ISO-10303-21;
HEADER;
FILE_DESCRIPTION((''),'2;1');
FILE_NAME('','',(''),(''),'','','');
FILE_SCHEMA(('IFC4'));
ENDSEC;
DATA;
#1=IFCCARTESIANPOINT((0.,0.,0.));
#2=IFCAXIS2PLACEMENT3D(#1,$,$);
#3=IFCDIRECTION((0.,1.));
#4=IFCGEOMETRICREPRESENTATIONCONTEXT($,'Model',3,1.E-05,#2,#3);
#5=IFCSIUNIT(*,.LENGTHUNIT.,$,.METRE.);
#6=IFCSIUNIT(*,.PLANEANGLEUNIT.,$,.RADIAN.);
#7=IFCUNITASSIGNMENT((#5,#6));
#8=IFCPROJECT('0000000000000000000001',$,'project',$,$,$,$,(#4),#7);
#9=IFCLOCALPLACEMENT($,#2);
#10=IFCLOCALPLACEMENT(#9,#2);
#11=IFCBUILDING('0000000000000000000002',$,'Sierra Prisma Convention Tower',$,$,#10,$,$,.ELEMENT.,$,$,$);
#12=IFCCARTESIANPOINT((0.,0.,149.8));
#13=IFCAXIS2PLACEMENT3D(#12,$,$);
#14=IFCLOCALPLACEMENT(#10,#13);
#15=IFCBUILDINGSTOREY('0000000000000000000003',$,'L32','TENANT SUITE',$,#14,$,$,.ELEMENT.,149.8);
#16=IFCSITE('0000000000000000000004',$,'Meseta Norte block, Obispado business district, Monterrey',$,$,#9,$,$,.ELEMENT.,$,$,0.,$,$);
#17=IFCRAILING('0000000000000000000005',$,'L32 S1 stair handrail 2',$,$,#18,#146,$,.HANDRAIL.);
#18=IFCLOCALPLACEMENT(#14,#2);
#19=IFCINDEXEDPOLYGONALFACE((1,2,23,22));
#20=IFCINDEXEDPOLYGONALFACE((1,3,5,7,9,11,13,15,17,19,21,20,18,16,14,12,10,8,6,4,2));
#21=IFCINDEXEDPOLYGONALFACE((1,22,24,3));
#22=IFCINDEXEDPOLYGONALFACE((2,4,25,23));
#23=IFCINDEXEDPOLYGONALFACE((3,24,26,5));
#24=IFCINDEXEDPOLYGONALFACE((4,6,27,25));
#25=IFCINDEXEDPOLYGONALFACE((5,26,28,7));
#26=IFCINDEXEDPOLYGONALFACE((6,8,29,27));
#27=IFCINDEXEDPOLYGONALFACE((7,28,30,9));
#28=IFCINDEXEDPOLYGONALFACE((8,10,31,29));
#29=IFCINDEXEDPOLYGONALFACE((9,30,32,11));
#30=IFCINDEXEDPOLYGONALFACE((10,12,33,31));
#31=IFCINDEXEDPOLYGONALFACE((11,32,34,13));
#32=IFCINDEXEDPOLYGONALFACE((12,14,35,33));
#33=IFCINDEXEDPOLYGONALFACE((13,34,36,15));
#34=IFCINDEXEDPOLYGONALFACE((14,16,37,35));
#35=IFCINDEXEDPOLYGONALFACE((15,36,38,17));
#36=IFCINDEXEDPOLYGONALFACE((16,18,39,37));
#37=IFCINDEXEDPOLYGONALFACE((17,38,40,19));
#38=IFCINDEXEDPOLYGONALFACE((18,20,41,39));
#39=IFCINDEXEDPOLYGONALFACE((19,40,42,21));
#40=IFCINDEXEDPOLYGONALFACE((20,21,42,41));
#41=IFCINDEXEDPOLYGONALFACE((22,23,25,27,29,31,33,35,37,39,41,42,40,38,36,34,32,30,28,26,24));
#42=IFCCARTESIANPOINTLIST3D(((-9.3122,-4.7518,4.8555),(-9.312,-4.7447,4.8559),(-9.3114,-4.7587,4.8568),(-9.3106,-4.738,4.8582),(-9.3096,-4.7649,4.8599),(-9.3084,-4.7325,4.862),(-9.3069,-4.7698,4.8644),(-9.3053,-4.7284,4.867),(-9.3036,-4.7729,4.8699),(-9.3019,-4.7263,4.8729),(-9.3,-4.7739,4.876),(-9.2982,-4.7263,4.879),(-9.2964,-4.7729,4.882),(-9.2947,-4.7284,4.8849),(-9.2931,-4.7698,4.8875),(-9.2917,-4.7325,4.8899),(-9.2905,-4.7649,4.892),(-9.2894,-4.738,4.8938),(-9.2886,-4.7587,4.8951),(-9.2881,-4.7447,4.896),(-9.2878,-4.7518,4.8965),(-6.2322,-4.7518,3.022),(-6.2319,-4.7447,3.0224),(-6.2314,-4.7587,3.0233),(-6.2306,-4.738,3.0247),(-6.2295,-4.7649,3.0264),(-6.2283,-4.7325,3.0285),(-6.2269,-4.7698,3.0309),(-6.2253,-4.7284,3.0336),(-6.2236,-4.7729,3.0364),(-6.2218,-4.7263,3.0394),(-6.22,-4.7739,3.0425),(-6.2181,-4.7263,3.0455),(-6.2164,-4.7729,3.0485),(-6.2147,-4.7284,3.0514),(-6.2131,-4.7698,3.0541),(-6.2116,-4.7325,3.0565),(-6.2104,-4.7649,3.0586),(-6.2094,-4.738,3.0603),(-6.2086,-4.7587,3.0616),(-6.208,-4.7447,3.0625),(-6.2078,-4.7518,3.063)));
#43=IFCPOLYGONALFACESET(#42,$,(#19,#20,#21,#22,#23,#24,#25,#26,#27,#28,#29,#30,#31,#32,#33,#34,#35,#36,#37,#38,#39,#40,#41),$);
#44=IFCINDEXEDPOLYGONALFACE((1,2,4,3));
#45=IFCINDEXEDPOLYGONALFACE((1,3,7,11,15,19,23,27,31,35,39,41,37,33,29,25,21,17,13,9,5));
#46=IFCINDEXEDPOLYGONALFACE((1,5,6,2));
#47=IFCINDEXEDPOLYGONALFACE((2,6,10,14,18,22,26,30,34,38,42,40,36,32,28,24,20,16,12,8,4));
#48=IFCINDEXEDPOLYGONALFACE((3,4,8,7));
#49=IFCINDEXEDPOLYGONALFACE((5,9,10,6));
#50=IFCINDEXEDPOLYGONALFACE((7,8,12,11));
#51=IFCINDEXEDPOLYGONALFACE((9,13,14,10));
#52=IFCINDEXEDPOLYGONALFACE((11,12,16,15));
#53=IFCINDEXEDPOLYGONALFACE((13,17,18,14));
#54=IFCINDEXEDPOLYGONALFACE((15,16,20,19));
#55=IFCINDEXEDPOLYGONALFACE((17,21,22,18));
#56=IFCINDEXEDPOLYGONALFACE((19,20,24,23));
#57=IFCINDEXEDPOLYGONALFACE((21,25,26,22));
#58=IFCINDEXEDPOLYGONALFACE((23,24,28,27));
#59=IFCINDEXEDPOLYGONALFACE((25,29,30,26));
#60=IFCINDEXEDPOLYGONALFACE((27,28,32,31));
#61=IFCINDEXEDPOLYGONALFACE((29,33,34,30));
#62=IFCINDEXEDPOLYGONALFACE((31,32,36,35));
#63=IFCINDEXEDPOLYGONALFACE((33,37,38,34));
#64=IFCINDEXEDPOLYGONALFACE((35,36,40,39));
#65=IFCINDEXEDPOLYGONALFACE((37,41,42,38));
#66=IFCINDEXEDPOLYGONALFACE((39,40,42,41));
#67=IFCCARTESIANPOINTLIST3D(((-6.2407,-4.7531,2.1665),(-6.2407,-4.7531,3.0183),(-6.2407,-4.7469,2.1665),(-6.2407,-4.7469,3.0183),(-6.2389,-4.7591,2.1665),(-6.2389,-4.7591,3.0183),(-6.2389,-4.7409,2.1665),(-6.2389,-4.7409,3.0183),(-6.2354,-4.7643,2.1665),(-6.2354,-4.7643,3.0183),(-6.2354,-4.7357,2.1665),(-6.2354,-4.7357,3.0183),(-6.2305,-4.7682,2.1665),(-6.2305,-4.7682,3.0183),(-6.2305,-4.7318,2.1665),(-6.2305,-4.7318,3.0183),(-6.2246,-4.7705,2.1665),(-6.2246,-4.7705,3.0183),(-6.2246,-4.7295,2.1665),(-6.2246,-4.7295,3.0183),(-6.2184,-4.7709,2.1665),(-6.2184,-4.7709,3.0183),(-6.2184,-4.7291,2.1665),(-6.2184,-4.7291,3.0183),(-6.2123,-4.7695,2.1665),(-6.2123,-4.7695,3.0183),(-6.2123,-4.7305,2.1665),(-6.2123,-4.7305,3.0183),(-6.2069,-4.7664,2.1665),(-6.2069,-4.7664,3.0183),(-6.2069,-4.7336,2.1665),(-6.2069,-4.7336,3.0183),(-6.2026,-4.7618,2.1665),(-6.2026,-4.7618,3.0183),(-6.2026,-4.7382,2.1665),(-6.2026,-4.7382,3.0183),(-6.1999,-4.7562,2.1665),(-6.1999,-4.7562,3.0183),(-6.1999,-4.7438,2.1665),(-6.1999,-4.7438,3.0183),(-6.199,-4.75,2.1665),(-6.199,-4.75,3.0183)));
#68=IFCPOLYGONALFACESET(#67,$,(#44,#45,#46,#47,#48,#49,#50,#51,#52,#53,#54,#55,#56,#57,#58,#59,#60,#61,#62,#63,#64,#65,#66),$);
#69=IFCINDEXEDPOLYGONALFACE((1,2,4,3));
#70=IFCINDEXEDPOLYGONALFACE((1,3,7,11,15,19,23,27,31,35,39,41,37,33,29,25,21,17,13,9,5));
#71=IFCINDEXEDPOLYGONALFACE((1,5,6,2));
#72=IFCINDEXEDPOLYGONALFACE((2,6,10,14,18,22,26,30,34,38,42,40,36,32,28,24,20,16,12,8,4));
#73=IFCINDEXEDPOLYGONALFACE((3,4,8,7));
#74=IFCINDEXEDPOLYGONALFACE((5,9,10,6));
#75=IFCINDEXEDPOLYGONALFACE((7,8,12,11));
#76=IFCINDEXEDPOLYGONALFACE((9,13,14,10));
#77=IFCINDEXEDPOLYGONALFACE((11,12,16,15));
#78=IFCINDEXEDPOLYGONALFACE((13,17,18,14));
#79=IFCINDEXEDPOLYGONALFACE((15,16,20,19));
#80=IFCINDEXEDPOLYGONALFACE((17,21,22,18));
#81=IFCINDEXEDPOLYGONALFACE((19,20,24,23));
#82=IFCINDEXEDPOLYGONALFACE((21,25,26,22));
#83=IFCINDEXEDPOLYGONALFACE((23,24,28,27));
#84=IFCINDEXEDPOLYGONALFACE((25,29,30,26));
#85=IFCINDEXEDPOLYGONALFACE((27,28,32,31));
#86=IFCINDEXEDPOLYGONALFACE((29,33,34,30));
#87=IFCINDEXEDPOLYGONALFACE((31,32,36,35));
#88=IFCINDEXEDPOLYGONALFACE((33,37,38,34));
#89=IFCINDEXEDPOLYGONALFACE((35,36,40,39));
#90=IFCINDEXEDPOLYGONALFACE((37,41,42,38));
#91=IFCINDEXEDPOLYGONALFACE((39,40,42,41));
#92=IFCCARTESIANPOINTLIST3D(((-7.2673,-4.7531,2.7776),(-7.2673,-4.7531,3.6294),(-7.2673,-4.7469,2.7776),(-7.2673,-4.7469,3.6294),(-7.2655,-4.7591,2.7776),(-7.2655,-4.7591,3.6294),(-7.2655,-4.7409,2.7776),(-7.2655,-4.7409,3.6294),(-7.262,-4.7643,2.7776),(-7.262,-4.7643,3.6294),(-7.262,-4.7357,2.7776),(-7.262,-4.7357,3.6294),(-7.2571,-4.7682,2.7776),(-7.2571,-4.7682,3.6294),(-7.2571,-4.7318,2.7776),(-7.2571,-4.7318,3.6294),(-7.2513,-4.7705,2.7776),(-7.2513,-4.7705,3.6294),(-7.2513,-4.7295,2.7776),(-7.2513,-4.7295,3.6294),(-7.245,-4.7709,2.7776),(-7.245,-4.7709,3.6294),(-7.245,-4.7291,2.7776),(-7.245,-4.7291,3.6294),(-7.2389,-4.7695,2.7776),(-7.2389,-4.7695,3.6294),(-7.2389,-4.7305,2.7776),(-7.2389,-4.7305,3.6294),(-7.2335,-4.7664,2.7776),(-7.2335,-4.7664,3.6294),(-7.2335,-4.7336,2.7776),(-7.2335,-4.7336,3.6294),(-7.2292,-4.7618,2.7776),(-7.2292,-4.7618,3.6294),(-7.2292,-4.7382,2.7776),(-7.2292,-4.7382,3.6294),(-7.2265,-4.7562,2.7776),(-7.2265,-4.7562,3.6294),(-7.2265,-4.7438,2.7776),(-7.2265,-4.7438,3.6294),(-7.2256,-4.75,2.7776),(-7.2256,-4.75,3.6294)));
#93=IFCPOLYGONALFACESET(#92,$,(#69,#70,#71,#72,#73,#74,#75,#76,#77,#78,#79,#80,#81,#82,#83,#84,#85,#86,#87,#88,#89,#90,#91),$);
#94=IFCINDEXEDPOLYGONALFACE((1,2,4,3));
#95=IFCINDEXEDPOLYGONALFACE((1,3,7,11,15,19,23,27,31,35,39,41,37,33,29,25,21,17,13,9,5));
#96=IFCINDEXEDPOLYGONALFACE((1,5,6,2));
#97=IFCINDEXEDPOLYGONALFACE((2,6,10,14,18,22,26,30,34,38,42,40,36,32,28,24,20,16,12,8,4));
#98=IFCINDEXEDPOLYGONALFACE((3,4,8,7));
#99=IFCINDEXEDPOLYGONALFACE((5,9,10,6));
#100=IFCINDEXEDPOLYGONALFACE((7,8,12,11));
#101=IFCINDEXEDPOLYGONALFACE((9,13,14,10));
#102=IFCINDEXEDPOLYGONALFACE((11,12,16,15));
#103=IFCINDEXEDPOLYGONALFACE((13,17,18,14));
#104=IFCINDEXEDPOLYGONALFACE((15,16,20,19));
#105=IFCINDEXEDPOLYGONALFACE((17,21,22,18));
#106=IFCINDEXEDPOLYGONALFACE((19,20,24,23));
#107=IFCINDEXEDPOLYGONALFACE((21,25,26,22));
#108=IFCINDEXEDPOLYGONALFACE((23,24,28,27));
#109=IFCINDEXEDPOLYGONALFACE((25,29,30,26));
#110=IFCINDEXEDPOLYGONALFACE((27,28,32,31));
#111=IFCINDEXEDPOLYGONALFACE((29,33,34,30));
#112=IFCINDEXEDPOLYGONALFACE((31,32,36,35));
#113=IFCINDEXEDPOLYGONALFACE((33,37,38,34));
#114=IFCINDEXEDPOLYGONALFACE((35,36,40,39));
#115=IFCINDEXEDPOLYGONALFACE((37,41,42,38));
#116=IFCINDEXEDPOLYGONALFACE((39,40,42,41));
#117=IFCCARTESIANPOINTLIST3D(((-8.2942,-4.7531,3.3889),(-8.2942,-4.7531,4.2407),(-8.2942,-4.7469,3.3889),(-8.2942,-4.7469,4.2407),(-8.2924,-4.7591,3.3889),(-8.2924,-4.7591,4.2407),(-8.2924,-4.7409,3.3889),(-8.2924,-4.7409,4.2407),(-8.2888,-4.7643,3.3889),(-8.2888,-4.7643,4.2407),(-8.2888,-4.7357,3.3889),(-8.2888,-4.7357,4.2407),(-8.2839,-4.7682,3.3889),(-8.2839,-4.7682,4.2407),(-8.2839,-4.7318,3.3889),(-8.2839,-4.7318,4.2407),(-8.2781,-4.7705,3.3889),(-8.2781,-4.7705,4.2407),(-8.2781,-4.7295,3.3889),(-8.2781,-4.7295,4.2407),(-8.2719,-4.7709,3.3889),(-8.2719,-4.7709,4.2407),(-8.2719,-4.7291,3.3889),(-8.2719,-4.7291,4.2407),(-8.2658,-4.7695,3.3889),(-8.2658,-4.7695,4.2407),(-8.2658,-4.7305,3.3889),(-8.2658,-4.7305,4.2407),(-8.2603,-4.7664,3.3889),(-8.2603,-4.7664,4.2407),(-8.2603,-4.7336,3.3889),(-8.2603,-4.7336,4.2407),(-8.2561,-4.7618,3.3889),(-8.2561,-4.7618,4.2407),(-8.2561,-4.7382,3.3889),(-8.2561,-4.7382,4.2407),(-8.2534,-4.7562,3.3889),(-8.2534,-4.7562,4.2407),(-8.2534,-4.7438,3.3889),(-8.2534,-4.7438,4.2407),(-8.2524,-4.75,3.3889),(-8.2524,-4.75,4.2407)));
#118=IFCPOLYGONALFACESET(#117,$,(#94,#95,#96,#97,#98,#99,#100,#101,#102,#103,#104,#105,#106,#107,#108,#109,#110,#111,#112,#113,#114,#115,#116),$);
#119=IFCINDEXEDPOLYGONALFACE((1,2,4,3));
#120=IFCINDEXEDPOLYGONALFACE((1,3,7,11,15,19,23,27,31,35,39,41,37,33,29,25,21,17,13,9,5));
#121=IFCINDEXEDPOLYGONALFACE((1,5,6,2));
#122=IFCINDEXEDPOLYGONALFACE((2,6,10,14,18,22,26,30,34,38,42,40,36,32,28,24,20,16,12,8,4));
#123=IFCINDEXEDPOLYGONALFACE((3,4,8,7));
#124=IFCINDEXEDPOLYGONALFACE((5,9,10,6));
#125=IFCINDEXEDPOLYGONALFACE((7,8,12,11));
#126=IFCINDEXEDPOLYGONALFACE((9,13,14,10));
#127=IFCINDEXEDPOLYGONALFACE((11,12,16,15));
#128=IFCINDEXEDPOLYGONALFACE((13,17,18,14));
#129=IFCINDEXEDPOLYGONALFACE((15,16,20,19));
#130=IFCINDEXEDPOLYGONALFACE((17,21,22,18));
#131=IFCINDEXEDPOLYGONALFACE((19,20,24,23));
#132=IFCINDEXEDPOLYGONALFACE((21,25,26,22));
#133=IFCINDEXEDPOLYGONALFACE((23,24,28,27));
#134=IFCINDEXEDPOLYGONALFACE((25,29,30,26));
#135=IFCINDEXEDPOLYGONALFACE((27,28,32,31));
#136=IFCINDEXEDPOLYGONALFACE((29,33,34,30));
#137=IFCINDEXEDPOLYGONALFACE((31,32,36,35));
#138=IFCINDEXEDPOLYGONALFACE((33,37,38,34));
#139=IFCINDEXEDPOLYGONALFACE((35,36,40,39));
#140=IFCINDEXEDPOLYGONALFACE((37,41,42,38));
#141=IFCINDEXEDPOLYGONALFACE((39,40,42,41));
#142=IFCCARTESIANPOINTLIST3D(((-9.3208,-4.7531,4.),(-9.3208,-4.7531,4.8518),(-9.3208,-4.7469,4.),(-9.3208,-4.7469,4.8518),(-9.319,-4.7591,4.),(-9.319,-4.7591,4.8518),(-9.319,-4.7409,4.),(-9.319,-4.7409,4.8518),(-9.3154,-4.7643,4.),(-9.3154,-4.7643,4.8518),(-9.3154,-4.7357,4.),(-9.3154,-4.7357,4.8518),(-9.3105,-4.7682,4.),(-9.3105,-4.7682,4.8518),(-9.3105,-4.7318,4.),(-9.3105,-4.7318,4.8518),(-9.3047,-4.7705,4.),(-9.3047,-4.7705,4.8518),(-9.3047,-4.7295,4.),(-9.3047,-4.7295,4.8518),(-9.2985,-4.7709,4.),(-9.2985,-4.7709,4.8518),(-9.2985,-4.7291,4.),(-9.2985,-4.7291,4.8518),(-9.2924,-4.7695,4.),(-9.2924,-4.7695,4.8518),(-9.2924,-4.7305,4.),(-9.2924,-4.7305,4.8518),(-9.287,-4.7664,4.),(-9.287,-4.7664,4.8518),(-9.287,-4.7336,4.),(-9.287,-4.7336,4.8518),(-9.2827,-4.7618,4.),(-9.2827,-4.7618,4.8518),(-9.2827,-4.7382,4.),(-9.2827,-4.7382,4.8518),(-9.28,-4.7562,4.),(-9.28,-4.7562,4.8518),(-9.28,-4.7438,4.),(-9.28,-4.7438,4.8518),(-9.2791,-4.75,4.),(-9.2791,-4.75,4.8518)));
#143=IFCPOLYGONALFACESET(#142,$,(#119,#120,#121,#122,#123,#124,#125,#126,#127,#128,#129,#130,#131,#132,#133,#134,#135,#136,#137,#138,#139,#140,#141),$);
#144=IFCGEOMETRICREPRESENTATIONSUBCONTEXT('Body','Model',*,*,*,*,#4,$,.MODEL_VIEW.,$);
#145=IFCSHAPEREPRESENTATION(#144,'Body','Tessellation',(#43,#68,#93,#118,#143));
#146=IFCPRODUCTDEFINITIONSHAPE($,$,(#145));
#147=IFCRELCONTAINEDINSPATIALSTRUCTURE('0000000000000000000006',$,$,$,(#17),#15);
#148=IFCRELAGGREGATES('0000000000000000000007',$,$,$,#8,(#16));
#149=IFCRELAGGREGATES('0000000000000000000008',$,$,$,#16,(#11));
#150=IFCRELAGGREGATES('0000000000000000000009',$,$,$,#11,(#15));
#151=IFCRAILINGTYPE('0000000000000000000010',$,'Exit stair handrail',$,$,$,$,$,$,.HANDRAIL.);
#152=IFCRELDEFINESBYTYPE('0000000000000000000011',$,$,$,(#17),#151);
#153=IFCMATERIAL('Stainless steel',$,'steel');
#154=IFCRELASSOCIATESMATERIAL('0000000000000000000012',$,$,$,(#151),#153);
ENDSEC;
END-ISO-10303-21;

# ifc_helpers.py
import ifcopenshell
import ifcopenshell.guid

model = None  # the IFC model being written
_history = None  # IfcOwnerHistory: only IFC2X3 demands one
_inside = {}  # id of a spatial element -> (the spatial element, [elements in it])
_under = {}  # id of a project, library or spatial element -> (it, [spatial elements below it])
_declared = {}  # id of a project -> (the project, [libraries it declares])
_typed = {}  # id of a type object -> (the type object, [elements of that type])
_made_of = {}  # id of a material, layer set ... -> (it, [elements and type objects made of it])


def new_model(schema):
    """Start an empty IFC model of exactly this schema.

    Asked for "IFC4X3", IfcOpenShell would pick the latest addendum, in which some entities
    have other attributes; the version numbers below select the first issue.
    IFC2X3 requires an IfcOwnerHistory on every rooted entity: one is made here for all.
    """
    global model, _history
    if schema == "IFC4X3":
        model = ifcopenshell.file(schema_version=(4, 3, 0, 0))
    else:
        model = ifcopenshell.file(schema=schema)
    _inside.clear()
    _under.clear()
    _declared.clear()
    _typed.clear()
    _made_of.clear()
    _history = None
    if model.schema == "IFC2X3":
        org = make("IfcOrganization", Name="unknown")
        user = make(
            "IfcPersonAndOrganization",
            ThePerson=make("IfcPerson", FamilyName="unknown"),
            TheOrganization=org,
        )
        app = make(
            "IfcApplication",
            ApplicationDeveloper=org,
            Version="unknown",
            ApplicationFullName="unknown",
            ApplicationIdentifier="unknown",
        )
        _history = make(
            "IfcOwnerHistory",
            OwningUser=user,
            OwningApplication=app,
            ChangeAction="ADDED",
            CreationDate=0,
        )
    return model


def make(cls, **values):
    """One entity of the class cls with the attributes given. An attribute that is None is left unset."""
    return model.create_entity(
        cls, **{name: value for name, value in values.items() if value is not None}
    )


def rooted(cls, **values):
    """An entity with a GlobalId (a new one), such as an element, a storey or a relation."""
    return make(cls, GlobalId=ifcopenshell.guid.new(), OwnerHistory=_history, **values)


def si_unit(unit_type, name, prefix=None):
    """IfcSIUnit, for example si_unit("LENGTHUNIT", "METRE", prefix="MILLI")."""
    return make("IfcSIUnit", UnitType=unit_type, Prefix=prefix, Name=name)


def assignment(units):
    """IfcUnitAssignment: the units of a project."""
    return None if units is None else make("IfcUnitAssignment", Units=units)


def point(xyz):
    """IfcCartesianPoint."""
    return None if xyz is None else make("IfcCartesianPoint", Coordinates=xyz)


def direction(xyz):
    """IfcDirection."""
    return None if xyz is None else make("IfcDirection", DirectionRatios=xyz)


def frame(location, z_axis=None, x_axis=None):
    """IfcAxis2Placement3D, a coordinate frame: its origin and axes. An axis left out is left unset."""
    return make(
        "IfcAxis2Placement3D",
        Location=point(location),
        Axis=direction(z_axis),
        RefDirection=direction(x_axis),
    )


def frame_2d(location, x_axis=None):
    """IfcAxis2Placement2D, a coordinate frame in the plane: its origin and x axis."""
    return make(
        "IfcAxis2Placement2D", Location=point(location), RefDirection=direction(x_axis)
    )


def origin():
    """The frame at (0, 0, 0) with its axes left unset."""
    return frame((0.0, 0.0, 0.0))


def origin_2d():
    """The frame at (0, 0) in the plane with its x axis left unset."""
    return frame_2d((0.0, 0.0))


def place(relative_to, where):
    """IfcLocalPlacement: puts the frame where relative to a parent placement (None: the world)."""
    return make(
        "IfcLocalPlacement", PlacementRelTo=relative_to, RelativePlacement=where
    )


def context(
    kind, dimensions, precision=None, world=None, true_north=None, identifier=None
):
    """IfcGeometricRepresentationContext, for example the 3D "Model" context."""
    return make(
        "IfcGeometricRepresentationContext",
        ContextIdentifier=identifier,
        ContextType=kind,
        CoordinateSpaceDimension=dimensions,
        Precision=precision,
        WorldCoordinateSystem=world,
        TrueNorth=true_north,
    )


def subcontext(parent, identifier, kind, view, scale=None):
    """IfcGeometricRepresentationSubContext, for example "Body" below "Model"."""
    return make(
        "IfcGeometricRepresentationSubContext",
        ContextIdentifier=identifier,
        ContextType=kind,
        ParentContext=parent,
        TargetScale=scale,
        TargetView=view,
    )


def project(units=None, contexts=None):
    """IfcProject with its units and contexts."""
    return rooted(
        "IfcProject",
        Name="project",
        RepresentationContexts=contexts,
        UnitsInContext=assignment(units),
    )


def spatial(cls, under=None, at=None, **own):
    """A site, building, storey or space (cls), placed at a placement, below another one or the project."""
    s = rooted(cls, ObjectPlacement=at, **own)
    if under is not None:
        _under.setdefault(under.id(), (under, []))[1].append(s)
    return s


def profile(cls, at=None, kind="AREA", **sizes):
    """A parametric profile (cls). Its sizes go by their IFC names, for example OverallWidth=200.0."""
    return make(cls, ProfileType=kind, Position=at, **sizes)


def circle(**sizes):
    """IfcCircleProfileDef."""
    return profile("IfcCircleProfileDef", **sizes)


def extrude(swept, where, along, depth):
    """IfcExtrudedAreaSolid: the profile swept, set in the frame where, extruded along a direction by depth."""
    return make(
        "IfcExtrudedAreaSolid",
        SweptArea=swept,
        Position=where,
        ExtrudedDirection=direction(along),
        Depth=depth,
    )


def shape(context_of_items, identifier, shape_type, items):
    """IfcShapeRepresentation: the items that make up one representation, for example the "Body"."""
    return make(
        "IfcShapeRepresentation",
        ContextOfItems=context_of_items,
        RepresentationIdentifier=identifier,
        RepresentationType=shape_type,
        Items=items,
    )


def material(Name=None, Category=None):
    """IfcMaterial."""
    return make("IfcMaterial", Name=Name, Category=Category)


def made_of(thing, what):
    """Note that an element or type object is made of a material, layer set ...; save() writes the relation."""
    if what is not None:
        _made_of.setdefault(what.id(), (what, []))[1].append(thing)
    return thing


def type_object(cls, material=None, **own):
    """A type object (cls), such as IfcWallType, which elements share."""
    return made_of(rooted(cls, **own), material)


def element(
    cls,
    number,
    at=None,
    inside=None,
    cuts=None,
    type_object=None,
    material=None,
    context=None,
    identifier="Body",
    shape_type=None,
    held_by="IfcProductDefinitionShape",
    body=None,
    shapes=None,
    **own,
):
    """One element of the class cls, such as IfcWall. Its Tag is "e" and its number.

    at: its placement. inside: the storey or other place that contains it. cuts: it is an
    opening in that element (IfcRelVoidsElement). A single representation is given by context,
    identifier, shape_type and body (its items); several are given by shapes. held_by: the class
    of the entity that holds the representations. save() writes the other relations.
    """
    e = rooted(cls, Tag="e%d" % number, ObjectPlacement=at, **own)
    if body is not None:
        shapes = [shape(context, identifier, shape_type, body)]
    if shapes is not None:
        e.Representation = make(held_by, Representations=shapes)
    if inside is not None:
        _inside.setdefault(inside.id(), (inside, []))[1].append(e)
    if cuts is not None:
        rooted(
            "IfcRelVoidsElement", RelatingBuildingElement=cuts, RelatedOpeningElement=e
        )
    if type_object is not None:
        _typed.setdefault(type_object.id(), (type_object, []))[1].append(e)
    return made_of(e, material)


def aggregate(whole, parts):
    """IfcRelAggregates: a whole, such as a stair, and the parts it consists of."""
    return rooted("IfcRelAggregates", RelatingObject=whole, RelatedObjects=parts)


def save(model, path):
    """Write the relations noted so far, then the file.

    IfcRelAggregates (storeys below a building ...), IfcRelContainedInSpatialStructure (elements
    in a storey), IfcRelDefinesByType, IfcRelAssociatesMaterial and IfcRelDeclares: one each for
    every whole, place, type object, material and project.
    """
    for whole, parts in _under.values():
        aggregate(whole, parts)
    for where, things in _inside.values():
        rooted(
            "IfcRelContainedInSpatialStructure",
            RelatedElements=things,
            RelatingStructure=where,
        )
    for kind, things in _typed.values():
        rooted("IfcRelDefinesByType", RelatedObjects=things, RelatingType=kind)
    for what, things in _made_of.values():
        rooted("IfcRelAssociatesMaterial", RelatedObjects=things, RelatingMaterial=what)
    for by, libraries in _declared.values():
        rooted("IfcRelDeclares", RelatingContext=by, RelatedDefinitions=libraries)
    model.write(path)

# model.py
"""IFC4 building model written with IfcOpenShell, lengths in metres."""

from ifc_helpers import new_model, si_unit, direction, frame, origin, origin_2d, place, context, subcontext, project, spatial, circle, extrude, material, type_object, element, save


model = new_model("IFC4")

# Units and contexts
model_context = context("Model", 3, precision=1e-05, world=origin(), true_north=direction((0.0, 1.0)))
body_context = subcontext(model_context, "Body", "Model", "MODEL_VIEW")
ifc_project = project(units=[si_unit("LENGTHUNIT", "METRE"), si_unit("PLANEANGLEUNIT", "RADIAN")], contexts=[model_context])

# Site, building, storey
site_placement = place(None, origin())
site = spatial("IfcSite", under=ifc_project, at=site_placement, Name="Meseta Norte block, Obispado business district, Monterrey", CompositionType="ELEMENT", RefElevation=0.0)
building_placement = place(site_placement, origin())
building = spatial("IfcBuilding", under=site, at=building_placement, Name="Sierra Prisma Convention Tower", CompositionType="ELEMENT")
storey_placement = place(building_placement, frame((0.0, 0.0, 149.8)))
storey = spatial("IfcBuildingStorey", under=building, at=storey_placement, Name="L32", Description="TENANT SUITE", CompositionType="ELEMENT", Elevation=149.8)

# Railing
ifc_material_1 = material(Name="Stainless steel", Category="steel")
railing_type_1 = type_object("IfcRailingType", Name="Exit stair handrail", PredefinedType="HANDRAIL", material=ifc_material_1)
railing_1_placement = place(storey_placement, frame((-6.22, -4.75, 2.1665)))
element("IfcRailing", 1, at=railing_1_placement, inside=storey, type_object=railing_type_1, Name="L32 S1 stair handrail 2", PredefinedType="HANDRAIL", context=body_context, shape_type="SweptSolid", body=[
    extrude(circle(Radius=0.0239, at=origin_2d()), frame((0.0, 0.0, 0.876), z_axis=(-0.859279, 0.0, 0.511508), x_axis=(0.0, -1.0, 0.0)), (0.0, 0.0, 1.0), 3.5845),
    extrude(circle(Radius=0.021, at=origin_2d()), origin(), (0.0, 0.0, 1.0), 0.8518),
    extrude(circle(Radius=0.021, at=origin_2d()), frame((-1.0266, 0.0, 0.6111)), (0.0, 0.0, 1.0), 0.8518),
    extrude(circle(Radius=0.021, at=origin_2d()), frame((-2.0535, 0.0, 1.2224)), (0.0, 0.0, 1.0), 0.8518),
    extrude(circle(Radius=0.021, at=origin_2d()), frame((-3.0801, 0.0, 1.8335)), (0.0, 0.0, 1.0), 0.8518),
])

save(model, "model.ifc")
